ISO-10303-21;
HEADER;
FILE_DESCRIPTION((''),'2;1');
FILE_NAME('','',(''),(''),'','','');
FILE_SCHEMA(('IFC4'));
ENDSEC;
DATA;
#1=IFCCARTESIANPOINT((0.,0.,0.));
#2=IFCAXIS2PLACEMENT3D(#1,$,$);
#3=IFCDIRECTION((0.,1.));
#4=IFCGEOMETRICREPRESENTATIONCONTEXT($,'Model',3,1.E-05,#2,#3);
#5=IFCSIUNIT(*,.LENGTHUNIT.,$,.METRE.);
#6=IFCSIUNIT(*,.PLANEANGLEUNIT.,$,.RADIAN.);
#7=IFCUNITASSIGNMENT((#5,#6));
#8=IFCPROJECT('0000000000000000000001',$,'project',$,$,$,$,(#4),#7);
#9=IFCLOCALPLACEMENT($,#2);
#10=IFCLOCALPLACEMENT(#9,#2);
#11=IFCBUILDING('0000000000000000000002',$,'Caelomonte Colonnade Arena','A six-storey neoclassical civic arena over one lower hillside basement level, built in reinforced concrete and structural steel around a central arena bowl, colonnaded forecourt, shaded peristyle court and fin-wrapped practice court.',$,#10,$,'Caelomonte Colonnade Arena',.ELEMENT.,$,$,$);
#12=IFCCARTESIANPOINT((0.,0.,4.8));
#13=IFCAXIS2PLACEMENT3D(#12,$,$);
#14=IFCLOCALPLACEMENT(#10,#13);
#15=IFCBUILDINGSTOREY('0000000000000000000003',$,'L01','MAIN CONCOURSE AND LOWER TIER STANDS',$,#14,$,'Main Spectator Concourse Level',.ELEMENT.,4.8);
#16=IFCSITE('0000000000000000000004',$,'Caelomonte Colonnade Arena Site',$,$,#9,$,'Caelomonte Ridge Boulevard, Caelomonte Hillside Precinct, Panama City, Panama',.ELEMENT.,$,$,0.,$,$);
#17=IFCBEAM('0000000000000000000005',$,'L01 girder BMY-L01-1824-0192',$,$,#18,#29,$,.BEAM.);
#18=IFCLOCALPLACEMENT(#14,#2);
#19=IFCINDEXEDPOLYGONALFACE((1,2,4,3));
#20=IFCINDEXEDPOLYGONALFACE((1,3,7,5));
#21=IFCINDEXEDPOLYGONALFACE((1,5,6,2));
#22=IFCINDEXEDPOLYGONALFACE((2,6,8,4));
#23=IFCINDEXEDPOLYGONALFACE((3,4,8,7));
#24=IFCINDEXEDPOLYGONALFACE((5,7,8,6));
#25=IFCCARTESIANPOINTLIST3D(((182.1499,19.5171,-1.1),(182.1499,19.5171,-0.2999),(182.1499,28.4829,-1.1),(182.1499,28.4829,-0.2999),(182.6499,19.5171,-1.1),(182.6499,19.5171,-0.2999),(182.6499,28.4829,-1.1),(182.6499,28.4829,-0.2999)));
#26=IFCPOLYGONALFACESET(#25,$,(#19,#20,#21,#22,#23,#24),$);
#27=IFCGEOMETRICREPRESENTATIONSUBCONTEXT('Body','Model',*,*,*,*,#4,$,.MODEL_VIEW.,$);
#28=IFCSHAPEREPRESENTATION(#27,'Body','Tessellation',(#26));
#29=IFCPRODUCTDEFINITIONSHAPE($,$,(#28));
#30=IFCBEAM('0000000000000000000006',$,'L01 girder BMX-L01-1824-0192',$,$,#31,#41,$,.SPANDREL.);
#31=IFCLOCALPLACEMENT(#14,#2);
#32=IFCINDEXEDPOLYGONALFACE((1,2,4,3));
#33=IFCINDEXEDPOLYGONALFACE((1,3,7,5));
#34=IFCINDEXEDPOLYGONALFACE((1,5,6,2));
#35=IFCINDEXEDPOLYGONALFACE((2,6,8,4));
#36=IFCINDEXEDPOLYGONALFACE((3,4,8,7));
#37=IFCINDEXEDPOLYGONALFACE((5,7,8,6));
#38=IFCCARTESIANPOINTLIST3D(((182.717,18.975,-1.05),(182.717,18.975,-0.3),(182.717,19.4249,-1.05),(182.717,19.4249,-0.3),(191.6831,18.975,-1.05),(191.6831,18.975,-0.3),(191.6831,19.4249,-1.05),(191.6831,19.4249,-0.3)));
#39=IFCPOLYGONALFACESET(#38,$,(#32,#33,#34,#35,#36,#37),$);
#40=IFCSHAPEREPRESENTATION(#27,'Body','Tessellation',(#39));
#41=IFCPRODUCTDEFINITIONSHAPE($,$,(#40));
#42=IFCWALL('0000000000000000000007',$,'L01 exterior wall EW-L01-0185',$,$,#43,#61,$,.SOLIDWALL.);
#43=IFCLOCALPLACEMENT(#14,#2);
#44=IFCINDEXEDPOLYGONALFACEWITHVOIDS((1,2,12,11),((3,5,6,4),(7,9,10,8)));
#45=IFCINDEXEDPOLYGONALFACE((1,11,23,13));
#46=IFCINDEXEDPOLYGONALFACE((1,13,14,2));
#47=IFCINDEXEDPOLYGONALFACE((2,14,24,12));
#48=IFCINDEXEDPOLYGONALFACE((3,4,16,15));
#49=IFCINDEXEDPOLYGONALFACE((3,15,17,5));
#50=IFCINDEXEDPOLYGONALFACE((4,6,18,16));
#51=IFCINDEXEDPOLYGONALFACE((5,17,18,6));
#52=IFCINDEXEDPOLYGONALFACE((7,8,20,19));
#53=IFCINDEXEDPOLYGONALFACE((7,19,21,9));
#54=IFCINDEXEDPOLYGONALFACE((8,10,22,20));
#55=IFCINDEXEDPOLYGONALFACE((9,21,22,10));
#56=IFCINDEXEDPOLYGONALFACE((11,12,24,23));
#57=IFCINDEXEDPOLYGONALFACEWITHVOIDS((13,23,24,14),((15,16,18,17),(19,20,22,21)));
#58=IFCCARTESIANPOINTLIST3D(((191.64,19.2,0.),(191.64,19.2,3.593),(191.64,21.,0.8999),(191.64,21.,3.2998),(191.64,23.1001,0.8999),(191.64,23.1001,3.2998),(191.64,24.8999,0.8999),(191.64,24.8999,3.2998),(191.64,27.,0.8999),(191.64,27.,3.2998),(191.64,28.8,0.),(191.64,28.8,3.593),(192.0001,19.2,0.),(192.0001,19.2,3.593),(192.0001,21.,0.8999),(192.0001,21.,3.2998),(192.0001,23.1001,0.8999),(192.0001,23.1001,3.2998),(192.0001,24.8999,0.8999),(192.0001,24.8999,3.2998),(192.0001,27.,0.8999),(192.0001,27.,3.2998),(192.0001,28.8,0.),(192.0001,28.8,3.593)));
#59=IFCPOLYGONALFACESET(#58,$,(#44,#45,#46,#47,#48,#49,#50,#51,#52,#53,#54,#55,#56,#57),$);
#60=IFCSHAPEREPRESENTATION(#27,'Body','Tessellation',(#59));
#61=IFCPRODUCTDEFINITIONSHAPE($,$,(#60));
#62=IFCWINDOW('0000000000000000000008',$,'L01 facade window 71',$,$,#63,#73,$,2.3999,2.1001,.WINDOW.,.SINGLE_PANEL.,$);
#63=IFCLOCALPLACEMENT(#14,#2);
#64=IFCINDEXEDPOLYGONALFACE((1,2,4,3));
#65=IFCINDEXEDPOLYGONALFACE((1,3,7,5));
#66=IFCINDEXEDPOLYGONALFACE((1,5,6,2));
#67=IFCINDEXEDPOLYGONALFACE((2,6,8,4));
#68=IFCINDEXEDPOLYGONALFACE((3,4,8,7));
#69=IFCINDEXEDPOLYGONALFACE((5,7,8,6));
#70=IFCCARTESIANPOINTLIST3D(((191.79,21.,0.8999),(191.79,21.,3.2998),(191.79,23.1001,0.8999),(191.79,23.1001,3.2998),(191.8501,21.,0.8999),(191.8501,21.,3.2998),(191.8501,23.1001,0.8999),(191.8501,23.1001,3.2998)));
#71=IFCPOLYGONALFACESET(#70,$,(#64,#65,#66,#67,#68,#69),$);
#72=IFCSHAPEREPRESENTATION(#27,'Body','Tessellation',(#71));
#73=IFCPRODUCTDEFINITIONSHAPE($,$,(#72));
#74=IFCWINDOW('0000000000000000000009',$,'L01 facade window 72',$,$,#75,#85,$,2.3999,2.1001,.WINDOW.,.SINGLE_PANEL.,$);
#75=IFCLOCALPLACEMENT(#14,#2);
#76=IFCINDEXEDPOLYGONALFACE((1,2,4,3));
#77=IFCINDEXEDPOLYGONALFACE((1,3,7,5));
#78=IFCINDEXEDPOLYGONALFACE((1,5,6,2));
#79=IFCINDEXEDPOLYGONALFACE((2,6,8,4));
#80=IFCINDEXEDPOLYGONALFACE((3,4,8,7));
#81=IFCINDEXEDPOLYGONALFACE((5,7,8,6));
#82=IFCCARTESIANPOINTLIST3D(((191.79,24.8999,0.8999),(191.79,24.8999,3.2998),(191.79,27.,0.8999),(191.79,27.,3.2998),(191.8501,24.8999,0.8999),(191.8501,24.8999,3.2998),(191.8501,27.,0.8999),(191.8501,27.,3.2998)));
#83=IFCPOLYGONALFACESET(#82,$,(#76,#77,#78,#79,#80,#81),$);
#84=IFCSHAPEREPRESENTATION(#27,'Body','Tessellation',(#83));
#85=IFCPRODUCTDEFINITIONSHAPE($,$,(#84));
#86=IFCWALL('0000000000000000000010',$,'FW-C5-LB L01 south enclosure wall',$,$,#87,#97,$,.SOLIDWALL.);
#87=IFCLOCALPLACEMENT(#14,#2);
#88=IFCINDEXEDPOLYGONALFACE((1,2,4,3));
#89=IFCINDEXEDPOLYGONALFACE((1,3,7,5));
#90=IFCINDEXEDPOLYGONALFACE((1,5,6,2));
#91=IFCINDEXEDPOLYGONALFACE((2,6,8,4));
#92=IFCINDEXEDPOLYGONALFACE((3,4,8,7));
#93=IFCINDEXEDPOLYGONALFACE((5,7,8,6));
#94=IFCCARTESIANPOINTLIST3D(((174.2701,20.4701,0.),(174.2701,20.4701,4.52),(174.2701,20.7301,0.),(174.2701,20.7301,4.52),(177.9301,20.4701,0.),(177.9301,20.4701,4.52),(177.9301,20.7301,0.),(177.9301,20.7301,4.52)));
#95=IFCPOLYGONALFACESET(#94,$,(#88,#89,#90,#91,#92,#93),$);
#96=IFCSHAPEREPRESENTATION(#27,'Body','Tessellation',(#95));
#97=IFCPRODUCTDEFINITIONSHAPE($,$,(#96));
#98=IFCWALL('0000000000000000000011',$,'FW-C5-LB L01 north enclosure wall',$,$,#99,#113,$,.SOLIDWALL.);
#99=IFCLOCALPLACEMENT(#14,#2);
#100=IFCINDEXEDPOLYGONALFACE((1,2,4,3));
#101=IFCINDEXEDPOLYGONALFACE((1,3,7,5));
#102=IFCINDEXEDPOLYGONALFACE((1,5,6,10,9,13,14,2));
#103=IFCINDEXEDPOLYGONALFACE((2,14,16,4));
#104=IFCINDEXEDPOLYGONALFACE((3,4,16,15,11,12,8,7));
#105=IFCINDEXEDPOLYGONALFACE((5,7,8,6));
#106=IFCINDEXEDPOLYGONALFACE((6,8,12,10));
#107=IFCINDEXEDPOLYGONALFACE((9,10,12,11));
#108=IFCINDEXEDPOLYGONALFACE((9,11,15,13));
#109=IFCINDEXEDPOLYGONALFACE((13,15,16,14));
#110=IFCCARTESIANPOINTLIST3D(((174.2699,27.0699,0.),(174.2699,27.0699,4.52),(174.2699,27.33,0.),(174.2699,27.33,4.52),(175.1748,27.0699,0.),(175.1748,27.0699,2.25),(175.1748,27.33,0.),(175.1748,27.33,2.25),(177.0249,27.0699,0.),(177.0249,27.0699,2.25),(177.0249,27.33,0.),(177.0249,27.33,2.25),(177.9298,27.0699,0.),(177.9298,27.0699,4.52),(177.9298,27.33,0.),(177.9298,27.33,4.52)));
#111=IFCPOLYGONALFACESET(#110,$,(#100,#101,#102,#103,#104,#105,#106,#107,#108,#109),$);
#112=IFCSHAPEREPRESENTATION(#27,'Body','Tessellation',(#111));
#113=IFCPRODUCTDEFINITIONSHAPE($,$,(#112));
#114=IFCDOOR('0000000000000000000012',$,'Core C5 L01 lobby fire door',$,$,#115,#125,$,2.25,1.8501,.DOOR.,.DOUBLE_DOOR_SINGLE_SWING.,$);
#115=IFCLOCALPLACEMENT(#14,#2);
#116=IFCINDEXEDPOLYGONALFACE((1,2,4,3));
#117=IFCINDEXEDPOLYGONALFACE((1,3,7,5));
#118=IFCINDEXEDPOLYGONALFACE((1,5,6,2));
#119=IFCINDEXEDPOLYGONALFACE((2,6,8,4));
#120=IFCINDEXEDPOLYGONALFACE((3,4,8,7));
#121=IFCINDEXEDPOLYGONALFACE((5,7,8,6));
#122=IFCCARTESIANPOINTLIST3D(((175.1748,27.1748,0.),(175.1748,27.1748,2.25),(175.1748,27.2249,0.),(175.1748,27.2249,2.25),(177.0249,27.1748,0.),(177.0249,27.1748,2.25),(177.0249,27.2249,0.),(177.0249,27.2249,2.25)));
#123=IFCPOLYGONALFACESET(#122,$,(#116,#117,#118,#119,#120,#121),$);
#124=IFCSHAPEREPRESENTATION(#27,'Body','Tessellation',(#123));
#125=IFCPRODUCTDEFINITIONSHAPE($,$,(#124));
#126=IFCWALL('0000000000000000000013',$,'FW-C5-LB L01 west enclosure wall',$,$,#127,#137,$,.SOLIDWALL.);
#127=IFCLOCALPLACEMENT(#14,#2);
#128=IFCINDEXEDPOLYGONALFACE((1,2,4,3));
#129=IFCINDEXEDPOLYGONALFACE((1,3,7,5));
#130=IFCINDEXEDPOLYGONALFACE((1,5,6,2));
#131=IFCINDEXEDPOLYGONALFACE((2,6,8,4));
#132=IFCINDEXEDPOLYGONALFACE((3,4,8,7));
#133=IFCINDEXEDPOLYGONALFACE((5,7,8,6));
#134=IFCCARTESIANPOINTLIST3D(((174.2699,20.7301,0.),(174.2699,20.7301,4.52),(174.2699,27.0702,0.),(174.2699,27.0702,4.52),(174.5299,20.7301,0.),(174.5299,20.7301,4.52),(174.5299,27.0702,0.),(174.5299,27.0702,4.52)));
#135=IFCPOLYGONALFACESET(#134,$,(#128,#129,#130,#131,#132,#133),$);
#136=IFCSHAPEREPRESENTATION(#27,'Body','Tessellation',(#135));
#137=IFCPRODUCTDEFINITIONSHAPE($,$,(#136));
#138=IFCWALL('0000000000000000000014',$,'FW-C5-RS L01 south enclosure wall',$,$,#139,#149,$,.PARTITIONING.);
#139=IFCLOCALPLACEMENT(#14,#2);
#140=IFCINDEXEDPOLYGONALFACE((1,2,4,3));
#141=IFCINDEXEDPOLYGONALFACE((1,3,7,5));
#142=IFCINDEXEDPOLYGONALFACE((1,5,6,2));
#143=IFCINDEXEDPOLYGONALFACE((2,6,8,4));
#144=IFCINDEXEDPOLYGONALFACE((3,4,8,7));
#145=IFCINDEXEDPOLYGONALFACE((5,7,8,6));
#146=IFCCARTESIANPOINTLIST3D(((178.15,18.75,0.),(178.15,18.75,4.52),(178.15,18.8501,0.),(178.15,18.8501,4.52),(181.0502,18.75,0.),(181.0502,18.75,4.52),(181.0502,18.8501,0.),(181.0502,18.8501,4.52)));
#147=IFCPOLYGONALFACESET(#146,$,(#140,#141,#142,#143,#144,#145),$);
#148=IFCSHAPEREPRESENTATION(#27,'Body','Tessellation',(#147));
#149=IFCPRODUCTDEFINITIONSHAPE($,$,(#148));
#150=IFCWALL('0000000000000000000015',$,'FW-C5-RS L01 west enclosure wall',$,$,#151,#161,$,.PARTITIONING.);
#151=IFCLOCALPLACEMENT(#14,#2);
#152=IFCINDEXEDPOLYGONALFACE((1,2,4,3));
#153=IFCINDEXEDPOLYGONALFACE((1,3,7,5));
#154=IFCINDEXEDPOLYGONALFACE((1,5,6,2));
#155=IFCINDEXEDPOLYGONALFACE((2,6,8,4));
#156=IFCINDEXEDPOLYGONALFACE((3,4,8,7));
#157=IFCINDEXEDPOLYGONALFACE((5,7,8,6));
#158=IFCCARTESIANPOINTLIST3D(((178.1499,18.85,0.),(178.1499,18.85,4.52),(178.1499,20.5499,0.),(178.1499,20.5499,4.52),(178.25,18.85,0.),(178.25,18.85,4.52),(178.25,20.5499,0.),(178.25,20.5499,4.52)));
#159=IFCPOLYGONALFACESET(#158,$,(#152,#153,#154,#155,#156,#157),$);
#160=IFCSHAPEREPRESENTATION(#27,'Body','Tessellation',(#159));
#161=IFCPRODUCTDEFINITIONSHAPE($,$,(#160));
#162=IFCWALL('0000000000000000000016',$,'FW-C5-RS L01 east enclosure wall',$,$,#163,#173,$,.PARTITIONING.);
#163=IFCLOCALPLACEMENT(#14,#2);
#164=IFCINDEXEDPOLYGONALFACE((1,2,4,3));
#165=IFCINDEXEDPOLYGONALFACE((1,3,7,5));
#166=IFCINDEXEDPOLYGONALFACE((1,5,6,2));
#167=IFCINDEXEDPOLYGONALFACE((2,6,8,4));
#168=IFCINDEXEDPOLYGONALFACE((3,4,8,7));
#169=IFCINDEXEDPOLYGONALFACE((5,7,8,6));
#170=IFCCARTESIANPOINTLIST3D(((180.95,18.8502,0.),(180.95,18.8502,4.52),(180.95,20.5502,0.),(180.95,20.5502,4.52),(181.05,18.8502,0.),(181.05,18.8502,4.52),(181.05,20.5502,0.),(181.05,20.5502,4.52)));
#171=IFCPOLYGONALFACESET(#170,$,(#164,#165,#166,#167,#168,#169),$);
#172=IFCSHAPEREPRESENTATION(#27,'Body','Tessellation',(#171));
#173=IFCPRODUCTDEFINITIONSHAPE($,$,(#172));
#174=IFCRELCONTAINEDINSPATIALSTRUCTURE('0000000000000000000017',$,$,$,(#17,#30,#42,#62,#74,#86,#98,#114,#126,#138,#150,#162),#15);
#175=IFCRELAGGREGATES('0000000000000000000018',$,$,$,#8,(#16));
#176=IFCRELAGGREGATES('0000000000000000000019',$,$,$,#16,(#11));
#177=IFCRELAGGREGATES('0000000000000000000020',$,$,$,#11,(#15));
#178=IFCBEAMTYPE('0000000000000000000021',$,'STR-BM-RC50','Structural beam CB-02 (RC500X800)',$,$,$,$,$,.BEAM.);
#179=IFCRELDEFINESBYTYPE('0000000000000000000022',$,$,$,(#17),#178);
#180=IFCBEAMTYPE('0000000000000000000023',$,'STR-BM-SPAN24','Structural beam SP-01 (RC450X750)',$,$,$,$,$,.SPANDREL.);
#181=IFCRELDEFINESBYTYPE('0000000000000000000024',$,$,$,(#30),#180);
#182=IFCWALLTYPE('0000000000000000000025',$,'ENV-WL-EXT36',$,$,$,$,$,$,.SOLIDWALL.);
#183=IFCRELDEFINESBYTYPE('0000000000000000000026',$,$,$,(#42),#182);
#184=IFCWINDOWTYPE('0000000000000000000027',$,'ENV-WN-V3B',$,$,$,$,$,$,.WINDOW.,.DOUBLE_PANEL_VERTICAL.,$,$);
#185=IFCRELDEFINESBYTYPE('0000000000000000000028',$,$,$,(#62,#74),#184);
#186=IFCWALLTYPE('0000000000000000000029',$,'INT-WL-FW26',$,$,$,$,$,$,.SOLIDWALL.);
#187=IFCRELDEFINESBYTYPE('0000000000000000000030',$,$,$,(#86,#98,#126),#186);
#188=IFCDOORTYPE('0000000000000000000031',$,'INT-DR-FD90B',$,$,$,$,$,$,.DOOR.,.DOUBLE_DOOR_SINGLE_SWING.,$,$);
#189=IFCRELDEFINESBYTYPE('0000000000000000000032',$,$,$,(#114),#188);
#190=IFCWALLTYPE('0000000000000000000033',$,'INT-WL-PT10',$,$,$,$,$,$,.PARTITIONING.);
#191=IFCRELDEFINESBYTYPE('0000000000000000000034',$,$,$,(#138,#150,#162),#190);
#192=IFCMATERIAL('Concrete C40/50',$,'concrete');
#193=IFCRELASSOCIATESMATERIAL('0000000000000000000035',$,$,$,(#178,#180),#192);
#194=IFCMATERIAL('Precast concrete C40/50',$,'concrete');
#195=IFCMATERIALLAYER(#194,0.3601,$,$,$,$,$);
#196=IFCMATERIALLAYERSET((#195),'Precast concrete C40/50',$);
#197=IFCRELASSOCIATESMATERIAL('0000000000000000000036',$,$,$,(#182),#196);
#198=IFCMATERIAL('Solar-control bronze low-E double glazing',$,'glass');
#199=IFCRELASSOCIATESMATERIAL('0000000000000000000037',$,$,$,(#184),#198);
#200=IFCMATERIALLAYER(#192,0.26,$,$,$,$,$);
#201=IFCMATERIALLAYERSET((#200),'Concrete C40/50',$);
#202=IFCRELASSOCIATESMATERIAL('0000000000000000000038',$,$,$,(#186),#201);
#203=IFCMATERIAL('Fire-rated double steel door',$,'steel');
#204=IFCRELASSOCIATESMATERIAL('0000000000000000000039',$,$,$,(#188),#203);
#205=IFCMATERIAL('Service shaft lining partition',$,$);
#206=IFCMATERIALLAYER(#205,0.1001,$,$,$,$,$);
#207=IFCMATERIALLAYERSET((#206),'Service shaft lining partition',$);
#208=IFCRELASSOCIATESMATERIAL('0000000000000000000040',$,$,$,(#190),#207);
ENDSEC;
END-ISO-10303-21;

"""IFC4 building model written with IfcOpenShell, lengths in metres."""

from ifc_helpers import new_model, si_unit, direction, frame, frame_2d, origin, origin_2d, place, context, subcontext, project, spatial, rectangle, extrude, material, layer, layer_set, material_profile, profile_set, type_object, element, fill, save


model = new_model("IFC4")

# Units and contexts
model_context = context("Model", 3, precision=1e-05, world=origin(), true_north=direction((0.0, 1.0)))
body_context = subcontext(model_context, "Body", "Model", "MODEL_VIEW")
ifc_project = project(units=[si_unit("LENGTHUNIT", "METRE"), si_unit("PLANEANGLEUNIT", "RADIAN")], contexts=[model_context])

# Site, building, storey
site_placement = place(None, origin())
site = spatial("IfcSite", under=ifc_project, at=site_placement, Name="Caelomonte Colonnade Arena Site", LongName="Caelomonte Ridge Boulevard, Caelomonte Hillside Precinct, Panama City, Panama", CompositionType="ELEMENT", RefElevation=0.0)
building_placement = place(site_placement, origin())
building = spatial("IfcBuilding", under=site, at=building_placement, Name="Caelomonte Colonnade Arena", Description="A six-storey neoclassical civic arena over one lower hillside basement level, built in reinforced concrete and structural steel around a central arena bowl, colonnaded forecourt, shaded peristyle court and fin-wrapped practice court.", LongName="Caelomonte Colonnade Arena", CompositionType="ELEMENT")
storey_placement = place(building_placement, frame((0.0, 0.0, 4.8)))
storey = spatial("IfcBuildingStorey", under=building, at=storey_placement, Name="L01", Description="MAIN CONCOURSE AND LOWER TIER STANDS", LongName="Main Spectator Concourse Level", CompositionType="ELEMENT", Elevation=4.8)

# Shared definitions
ifc_material_1 = material(Name="Concrete C40/50", Category="concrete")

# Beams
ifc_material_profile_1 = material_profile(ifc_material_1, rectangle(XDim=0.5, YDim=0.8, at=origin_2d()), Name="RC500X800")
ifc_profile_set_1 = profile_set([ifc_material_profile_1], Name="Concrete C40/50")
beam_type_1 = type_object("IfcBeamType", Name="STR-BM-RC50", Description="Structural beam CB-02 (RC500X800)", PredefinedType="BEAM", material=ifc_profile_set_1)
beam_1_placement = place(storey_placement, frame((182.3999, 19.5171, -0.7), z_axis=(0.0, 1.0, 0.0), x_axis=(-1.0, 0.0, 0.0)))
element("IfcBeam", 1, at=beam_1_placement, inside=storey, type_object=beam_type_1, Name="L01 girder BMY-L01-1824-0192", PredefinedType="BEAM", context=body_context, shape_type="SweptSolid", body=[
    extrude(rectangle(XDim=0.5, YDim=0.8, at=origin_2d()), origin(), (0.0, 0.0, 1.0), 8.9658),
])
ifc_material_profile_2 = material_profile(ifc_material_1, rectangle(XDim=0.45, YDim=0.75, at=origin_2d()), Name="RC450X750")
ifc_profile_set_2 = profile_set([ifc_material_profile_2], Name="Concrete C40/50")
beam_type_2 = type_object("IfcBeamType", Name="STR-BM-SPAN24", Description="Structural beam SP-01 (RC450X750)", PredefinedType="SPANDREL", material=ifc_profile_set_2)
beam_2_placement = place(storey_placement, frame((182.717, 19.2, -0.675), z_axis=(1.0, 0.0, 0.0), x_axis=(0.0, 1.0, 0.0)))
element("IfcBeam", 2, at=beam_2_placement, inside=storey, type_object=beam_type_2, Name="L01 girder BMX-L01-1824-0192", PredefinedType="SPANDREL", context=body_context, shape_type="SweptSolid", body=[
    extrude(rectangle(XDim=0.45, YDim=0.75, at=origin_2d()), origin(), (0.0, 0.0, 1.0), 8.9661),
])

# Wall, openings, windows
ifc_material_2 = material(Name="Precast concrete C40/50", Category="concrete")
ifc_layer_1 = layer(ifc_material_2, 0.3601)
ifc_layer_set_1 = layer_set([ifc_layer_1], Name="Precast concrete C40/50")
wall_type_1 = type_object("IfcWallType", Name="ENV-WL-EXT36", PredefinedType="SOLIDWALL", material=ifc_layer_set_1)
wall_1_placement = place(storey_placement, frame((191.8201, 19.2, 0.0), z_axis=(0.0, 0.0, 1.0), x_axis=(0.0, 1.0, 0.0)))
wall_1 = element("IfcWall", 3, at=wall_1_placement, inside=storey, type_object=wall_type_1, Name="L01 exterior wall EW-L01-0185", PredefinedType="SOLIDWALL", context=body_context, shape_type="SweptSolid", body=[
    extrude(rectangle(XDim=9.6001, YDim=0.3601, at=frame_2d((4.8, 0.0))), origin(), (0.0, 0.0, 1.0), 3.593),
])
opening_1_placement = place(wall_1_placement, frame((3.9001, 0.0, 0.8999), z_axis=(0.0, 0.0, 1.0), x_axis=(-1.0, 0.0, 0.0)))
opening_1 = element("IfcOpeningElement", 4, at=opening_1_placement, cuts=wall_1, PredefinedType="OPENING", context=body_context, shape_type="SweptSolid", body=[
    extrude(rectangle(XDim=2.1001, YDim=2.3999, at=frame_2d((1.05, 1.2))), frame((0.0, 0.1899, 0.0), z_axis=(0.0, -1.0, 0.0), x_axis=(1.0, 0.0, 0.0)), (0.0, 0.0, 1.0), 0.3801),
])
opening_2_placement = place(wall_1_placement, frame((7.8, 0.0, 0.8999), z_axis=(0.0, 0.0, 1.0), x_axis=(-1.0, 0.0, 0.0)))
opening_2 = element("IfcOpeningElement", 5, at=opening_2_placement, cuts=wall_1, PredefinedType="OPENING", context=body_context, shape_type="SweptSolid", body=[
    extrude(rectangle(XDim=2.1001, YDim=2.3999, at=frame_2d((1.05, 1.2))), frame((0.0, 0.1899, 0.0), z_axis=(0.0, -1.0, 0.0), x_axis=(1.0, 0.0, 0.0)), (0.0, 0.0, 1.0), 0.3801),
])
ifc_material_3 = material(Name="Solar-control bronze low-E double glazing", Category="glass")
window_type = type_object("IfcWindowType", Name="ENV-WN-V3B", PartitioningType="DOUBLE_PANEL_VERTICAL", PredefinedType="WINDOW", material=ifc_material_3)
window_1_placement = place(opening_1_placement, origin())
window_1 = element("IfcWindow", 6, at=window_1_placement, inside=storey, type_object=window_type, Name="L01 facade window 71", OverallHeight=2.3999, OverallWidth=2.1001, PartitioningType="SINGLE_PANEL", PredefinedType="WINDOW", context=body_context, shape_type="SweptSolid", body=[
    extrude(rectangle(XDim=2.1001, YDim=2.3999, at=frame_2d((1.05, 1.2))), frame((0.0, 0.03, 0.0), z_axis=(0.0, -1.0, 0.0), x_axis=(1.0, 0.0, 0.0)), (0.0, 0.0, 1.0), 0.0601),
])
fill(opening_1, window_1)
window_2_placement = place(opening_2_placement, origin())
window_2 = element("IfcWindow", 7, at=window_2_placement, inside=storey, type_object=window_type, Name="L01 facade window 72", OverallHeight=2.3999, OverallWidth=2.1001, PartitioningType="SINGLE_PANEL", PredefinedType="WINDOW", context=body_context, shape_type="SweptSolid", body=[
    extrude(rectangle(XDim=2.1001, YDim=2.3999, at=frame_2d((1.05, 1.2))), frame((0.0, 0.03, 0.0), z_axis=(0.0, -1.0, 0.0), x_axis=(1.0, 0.0, 0.0)), (0.0, 0.0, 1.0), 0.0601),
])
fill(opening_2, window_2)

# Wall
ifc_layer_2 = layer(ifc_material_1, 0.26)
ifc_layer_set_2 = layer_set([ifc_layer_2], Name="Concrete C40/50")
wall_type_2 = type_object("IfcWallType", Name="INT-WL-FW26", PredefinedType="SOLIDWALL", material=ifc_layer_set_2)
wall_2_placement = place(storey_placement, frame((174.27, 20.6001, 0.0), z_axis=(0.0, 0.0, 1.0), x_axis=(1.0, 0.0, 0.0)))
element("IfcWall", 8, at=wall_2_placement, inside=storey, type_object=wall_type_2, Name="FW-C5-LB L01 south enclosure wall", PredefinedType="SOLIDWALL", context=body_context, shape_type="SweptSolid", body=[
    extrude(rectangle(XDim=3.6599, YDim=0.26, at=frame_2d((1.8301, 0.0))), origin(), (0.0, 0.0, 1.0), 4.52),
])

# Wall, opening, door
wall_3_placement = place(storey_placement, frame((177.9299, 27.2, 0.0), z_axis=(0.0, 0.0, 1.0), x_axis=(-1.0, 0.0, 0.0)))
wall_3 = element("IfcWall", 9, at=wall_3_placement, inside=storey, type_object=wall_type_2, Name="FW-C5-LB L01 north enclosure wall", PredefinedType="SOLIDWALL", context=body_context, shape_type="SweptSolid", body=[
    extrude(rectangle(XDim=3.6599, YDim=0.26, at=frame_2d((1.8301, 0.0))), origin(), (0.0, 0.0, 1.0), 4.52),
])
opening_3_placement = place(wall_3_placement, frame((2.7551, 0.0, 0.0), z_axis=(0.0, 0.0, 1.0), x_axis=(-1.0, 0.0, 0.0)))
opening_3 = element("IfcOpeningElement", 10, at=opening_3_placement, cuts=wall_3, PredefinedType="OPENING", context=body_context, shape_type="SweptSolid", body=[
    extrude(rectangle(XDim=1.8501, YDim=2.25, at=frame_2d((0.925, 1.125))), frame((0.0, 0.1399, 0.0), z_axis=(0.0, -1.0, 0.0), x_axis=(1.0, 0.0, 0.0)), (0.0, 0.0, 1.0), 0.28),
])
ifc_material_4 = material(Name="Fire-rated double steel door", Category="steel")
door_type_1 = type_object("IfcDoorType", Name="INT-DR-FD90B", OperationType="DOUBLE_DOOR_SINGLE_SWING", PredefinedType="DOOR", material=ifc_material_4)
door_1_placement = place(opening_3_placement, origin())
door_1 = element("IfcDoor", 11, at=door_1_placement, inside=storey, type_object=door_type_1, Name="Core C5 L01 lobby fire door", OperationType="DOUBLE_DOOR_SINGLE_SWING", OverallHeight=2.25, OverallWidth=1.8501, PredefinedType="DOOR", context=body_context, shape_type="SweptSolid", body=[
    extrude(rectangle(XDim=1.8501, YDim=2.25, at=frame_2d((0.925, 1.125))), frame((0.0, 0.0249, 0.0), z_axis=(0.0, -1.0, 0.0), x_axis=(1.0, 0.0, 0.0)), (0.0, 0.0, 1.0), 0.05),
])
fill(opening_3, door_1)

# Walls
wall_4_placement = place(storey_placement, frame((174.3999, 27.0701, 0.0), z_axis=(0.0, 0.0, 1.0), x_axis=(0.0, -1.0, 0.0)))
element("IfcWall", 12, at=wall_4_placement, inside=storey, type_object=wall_type_2, Name="FW-C5-LB L01 west enclosure wall", PredefinedType="SOLIDWALL", context=body_context, shape_type="SweptSolid", body=[
    extrude(rectangle(XDim=6.3401, YDim=0.26, at=frame_2d((3.1699, 0.0))), origin(), (0.0, 0.0, 1.0), 4.52),
])
ifc_material_5 = material(Name="Service shaft lining partition")
ifc_layer_3 = layer(ifc_material_5, 0.1001)
ifc_layer_set_3 = layer_set([ifc_layer_3], Name="Service shaft lining partition")
wall_type_3 = type_object("IfcWallType", Name="INT-WL-PT10", PredefinedType="PARTITIONING", material=ifc_layer_set_3)
wall_5_placement = place(storey_placement, frame((178.1499, 18.8, 0.0), z_axis=(0.0, 0.0, 1.0), x_axis=(1.0, 0.0, 0.0)))
element("IfcWall", 13, at=wall_5_placement, inside=storey, type_object=wall_type_3, Name="FW-C5-RS L01 south enclosure wall", PredefinedType="PARTITIONING", context=body_context, shape_type="SweptSolid", body=[
    extrude(rectangle(XDim=2.9001, YDim=0.1001, at=frame_2d((1.4502, 0.0))), origin(), (0.0, 0.0, 1.0), 4.52),
])
for number, where, z_axis, x_axis, name in (
    (14, (178.2, 20.55, 0.0), (0.0, 0.0, 1.0), (0.0, -1.0, 0.0), "FW-C5-RS L01 west enclosure wall"),
    (15, (181.0, 18.8501, 0.0), (0.0, 0.0, 1.0), (0.0, 1.0, 0.0), "FW-C5-RS L01 east enclosure wall"),
):
    element("IfcWall", number, at=place(storey_placement, frame(where, z_axis=z_axis, x_axis=x_axis)), inside=storey, type_object=wall_type_3, Name=name, PredefinedType="PARTITIONING", context=body_context, shape_type="SweptSolid", body=[
        extrude(rectangle(XDim=1.7, YDim=0.1001, at=frame_2d((0.8501, 0.0))), origin(), (0.0, 0.0, 1.0), 4.52),
    ])

save(model, "model.ifc")
